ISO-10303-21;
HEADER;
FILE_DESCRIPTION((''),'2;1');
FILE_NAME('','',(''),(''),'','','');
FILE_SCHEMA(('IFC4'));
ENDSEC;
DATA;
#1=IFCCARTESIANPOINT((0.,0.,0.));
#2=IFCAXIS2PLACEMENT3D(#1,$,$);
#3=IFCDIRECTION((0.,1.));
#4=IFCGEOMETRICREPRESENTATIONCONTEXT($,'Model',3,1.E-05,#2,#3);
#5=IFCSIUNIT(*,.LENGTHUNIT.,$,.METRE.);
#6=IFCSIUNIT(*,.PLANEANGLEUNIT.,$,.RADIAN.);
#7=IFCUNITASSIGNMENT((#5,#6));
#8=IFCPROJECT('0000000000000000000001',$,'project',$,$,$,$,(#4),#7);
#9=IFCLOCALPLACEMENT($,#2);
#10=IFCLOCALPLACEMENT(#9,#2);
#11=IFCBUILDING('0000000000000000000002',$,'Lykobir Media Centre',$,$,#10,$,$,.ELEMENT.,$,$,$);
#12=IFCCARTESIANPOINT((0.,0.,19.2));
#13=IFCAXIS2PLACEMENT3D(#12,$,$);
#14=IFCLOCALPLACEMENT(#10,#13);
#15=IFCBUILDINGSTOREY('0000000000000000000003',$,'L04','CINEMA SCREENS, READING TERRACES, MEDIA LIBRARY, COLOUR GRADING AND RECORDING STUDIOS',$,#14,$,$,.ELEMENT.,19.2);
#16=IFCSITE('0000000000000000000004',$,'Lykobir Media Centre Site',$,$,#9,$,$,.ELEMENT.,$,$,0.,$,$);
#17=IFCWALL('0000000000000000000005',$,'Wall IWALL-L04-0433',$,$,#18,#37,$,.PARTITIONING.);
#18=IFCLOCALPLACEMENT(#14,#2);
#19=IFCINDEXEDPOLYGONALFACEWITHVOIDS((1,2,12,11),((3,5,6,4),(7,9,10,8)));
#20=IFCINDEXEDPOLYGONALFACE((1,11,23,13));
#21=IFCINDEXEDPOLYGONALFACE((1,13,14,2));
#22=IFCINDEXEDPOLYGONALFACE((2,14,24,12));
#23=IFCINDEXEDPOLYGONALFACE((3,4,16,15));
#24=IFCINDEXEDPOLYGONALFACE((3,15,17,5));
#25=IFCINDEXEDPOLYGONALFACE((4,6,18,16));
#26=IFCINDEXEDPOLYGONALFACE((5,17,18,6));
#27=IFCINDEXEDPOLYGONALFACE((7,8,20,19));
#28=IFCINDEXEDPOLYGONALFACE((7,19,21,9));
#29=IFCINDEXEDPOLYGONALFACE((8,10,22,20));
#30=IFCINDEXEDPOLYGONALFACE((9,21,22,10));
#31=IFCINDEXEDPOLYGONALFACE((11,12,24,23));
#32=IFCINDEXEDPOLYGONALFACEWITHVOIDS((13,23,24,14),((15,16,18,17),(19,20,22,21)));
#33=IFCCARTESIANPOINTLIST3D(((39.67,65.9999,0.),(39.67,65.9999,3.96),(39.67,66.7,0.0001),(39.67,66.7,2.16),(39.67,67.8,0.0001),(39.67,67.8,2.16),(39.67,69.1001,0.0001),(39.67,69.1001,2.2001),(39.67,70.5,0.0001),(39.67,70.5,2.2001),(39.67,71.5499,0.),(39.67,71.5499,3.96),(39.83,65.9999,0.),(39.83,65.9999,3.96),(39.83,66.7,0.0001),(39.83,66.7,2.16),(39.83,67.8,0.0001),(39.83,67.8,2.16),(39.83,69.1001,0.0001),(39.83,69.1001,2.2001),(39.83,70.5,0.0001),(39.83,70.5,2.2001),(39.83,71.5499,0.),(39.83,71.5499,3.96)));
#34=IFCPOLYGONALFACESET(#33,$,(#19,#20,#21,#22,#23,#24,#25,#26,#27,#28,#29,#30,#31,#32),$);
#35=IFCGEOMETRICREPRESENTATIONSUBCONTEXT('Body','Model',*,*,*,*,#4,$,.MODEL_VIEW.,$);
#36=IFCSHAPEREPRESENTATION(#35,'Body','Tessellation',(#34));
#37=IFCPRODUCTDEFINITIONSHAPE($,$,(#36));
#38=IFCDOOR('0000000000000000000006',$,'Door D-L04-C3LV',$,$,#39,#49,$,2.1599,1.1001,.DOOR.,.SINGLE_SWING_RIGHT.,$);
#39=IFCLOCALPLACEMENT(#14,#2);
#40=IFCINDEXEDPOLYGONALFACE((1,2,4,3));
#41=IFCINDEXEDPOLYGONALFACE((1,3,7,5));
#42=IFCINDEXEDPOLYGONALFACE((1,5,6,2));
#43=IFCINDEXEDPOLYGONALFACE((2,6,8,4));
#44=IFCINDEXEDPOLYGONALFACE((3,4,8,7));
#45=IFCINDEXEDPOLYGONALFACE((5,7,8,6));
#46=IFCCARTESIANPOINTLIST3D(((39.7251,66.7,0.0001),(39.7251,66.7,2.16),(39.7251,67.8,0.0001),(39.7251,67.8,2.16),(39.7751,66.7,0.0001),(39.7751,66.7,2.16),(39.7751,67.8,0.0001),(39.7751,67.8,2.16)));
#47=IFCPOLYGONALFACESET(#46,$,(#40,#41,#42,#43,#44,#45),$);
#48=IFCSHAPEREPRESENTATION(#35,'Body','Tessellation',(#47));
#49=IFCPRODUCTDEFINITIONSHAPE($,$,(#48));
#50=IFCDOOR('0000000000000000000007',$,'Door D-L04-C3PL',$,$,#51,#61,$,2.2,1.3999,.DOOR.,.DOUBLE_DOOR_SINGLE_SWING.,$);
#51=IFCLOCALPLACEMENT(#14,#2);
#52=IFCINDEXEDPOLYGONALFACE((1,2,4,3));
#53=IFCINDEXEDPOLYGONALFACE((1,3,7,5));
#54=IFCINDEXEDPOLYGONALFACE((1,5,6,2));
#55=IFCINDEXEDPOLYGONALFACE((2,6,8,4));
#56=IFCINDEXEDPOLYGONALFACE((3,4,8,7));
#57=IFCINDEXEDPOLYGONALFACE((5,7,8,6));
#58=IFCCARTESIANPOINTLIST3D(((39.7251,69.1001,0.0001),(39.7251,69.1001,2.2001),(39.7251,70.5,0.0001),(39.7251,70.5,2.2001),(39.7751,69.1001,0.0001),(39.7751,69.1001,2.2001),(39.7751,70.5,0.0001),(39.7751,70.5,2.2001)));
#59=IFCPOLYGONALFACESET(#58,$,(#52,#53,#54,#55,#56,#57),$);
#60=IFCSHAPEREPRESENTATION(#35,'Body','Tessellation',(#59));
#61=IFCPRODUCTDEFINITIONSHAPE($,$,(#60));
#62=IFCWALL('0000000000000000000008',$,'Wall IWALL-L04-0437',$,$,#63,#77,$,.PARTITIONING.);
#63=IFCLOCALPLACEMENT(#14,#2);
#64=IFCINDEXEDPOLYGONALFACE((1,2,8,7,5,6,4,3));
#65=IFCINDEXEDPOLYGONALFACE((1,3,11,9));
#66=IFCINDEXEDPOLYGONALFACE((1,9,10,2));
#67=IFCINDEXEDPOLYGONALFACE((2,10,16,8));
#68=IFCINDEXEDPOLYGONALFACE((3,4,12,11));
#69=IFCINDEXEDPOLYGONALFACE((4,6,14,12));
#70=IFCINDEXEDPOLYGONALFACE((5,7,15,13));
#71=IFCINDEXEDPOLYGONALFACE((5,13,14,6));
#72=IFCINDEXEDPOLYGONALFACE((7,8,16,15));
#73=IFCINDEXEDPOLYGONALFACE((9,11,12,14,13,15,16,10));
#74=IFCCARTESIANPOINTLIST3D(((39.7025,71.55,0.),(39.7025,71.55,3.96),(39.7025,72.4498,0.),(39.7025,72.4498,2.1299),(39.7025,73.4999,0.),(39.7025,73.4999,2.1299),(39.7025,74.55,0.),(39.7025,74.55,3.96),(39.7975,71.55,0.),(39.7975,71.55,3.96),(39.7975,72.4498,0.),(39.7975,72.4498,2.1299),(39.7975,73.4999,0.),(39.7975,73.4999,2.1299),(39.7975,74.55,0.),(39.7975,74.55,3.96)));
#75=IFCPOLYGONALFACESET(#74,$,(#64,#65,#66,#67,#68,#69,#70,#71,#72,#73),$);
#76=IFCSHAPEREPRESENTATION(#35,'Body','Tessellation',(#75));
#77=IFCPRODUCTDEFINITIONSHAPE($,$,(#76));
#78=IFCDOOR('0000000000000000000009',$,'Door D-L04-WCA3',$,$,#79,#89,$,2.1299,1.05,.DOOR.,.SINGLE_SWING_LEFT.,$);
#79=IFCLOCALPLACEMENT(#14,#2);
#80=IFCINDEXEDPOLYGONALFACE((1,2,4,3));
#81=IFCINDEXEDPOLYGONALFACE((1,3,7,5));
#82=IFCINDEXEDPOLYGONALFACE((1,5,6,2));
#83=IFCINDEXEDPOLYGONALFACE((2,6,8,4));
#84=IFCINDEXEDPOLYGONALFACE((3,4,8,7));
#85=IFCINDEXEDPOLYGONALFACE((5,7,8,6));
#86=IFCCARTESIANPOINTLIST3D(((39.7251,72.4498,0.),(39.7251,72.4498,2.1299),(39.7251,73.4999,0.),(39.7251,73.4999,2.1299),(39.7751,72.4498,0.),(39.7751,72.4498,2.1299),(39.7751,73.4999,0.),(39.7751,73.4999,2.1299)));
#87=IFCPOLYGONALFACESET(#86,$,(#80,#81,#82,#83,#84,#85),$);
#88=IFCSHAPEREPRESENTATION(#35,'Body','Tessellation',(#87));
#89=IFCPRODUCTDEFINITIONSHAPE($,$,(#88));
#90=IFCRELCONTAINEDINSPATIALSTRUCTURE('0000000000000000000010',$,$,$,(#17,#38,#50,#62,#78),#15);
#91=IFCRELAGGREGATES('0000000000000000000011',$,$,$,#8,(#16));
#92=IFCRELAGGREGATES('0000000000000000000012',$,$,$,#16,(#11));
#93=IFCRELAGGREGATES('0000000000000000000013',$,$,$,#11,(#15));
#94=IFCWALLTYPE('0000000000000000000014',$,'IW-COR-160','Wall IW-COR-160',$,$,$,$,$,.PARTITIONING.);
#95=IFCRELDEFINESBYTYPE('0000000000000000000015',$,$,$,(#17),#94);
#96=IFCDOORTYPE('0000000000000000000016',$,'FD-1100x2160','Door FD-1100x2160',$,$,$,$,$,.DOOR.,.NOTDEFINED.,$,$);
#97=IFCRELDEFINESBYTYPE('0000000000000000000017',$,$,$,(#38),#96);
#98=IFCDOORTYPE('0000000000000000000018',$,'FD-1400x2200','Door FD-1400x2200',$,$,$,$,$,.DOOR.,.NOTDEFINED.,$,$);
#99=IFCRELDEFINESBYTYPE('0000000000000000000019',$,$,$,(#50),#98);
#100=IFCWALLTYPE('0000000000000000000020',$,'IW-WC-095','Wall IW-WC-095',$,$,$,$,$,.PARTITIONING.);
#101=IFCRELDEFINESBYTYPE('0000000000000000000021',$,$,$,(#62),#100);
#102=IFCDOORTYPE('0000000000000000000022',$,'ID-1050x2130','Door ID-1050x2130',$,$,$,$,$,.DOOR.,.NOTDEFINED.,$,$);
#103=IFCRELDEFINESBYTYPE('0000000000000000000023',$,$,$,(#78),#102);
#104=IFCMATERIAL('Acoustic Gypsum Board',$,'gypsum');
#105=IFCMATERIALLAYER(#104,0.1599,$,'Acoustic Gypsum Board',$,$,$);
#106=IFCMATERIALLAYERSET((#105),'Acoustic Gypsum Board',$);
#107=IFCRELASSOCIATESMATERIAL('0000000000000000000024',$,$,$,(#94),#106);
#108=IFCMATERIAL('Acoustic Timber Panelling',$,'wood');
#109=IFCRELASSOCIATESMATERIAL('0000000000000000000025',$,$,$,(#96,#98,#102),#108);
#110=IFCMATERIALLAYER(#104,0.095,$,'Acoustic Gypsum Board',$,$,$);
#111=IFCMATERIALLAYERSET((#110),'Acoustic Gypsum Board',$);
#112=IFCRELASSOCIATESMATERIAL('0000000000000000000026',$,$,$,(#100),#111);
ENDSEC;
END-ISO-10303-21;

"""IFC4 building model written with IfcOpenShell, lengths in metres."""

from ifc_helpers import new_model, si_unit, direction, frame, frame_2d, origin, place, context, subcontext, project, spatial, rectangle, extrude, material, layer, layer_set, type_object, element, fill, save


model = new_model("IFC4")

# Units and contexts
model_context = context("Model", 3, precision=1e-05, world=origin(), true_north=direction((0.0, 1.0)))
body_context = subcontext(model_context, "Body", "Model", "MODEL_VIEW")
ifc_project = project(units=[si_unit("LENGTHUNIT", "METRE"), si_unit("PLANEANGLEUNIT", "RADIAN")], contexts=[model_context])

# Site, building, storey
site_placement = place(None, origin())
site = spatial("IfcSite", under=ifc_project, at=site_placement, Name="Lykobir Media Centre Site", CompositionType="ELEMENT", RefElevation=0.0)
building_placement = place(site_placement, origin())
building = spatial("IfcBuilding", under=site, at=building_placement, Name="Lykobir Media Centre", CompositionType="ELEMENT")
storey_placement = place(building_placement, frame((0.0, 0.0, 19.2)))
storey = spatial("IfcBuildingStorey", under=building, at=storey_placement, Name="L04", Description="CINEMA SCREENS, READING TERRACES, MEDIA LIBRARY, COLOUR GRADING AND RECORDING STUDIOS", CompositionType="ELEMENT", Elevation=19.2)

# Wall, openings, doors
ifc_material_1 = material(Name="Acoustic Gypsum Board", Category="gypsum")
ifc_layer_1 = layer(ifc_material_1, 0.1599, Name="Acoustic Gypsum Board")
ifc_layer_set_1 = layer_set([ifc_layer_1], Name="Acoustic Gypsum Board")
wall_type_1 = type_object("IfcWallType", Name="IW-COR-160", Description="Wall IW-COR-160", PredefinedType="PARTITIONING", material=ifc_layer_set_1)
wall_1_placement = place(storey_placement, frame((39.75, 66.0, 0.0), z_axis=(0.0, 0.0, 1.0), x_axis=(0.0, 1.0, 0.0)))
wall_1 = element("IfcWall", 1, at=wall_1_placement, inside=storey, type_object=wall_type_1, Name="Wall IWALL-L04-0433", PredefinedType="PARTITIONING", context=body_context, shape_type="SweptSolid", body=[
    extrude(rectangle(XDim=5.55, YDim=0.1599, at=frame_2d((2.7749, 0.0))), origin(), (0.0, 0.0, 1.0), 3.96),
])
opening_1_placement = place(wall_1_placement, frame((0.7, 0.0, 0.0)))
opening_1 = element("IfcOpeningElement", 2, at=opening_1_placement, cuts=wall_1, PredefinedType="OPENING", context=body_context, shape_type="SweptSolid", body=[
    extrude(rectangle(XDim=1.1001, YDim=2.1599, at=frame_2d((0.55, 1.0801))), frame((0.0, 0.0898, 0.0), z_axis=(0.0, -1.0, 0.0), x_axis=(1.0, 0.0, 0.0)), (0.0, 0.0, 1.0), 0.1799),
])
opening_2_placement = place(wall_1_placement, frame((3.1001, 0.0, 0.0)))
opening_2 = element("IfcOpeningElement", 3, at=opening_2_placement, cuts=wall_1, PredefinedType="OPENING", context=body_context, shape_type="SweptSolid", body=[
    extrude(rectangle(XDim=1.3999, YDim=2.2, at=frame_2d((0.7, 1.1001))), frame((0.0, 0.0898, 0.0), z_axis=(0.0, -1.0, 0.0), x_axis=(1.0, 0.0, 0.0)), (0.0, 0.0, 1.0), 0.1799),
])
ifc_material_2 = material(Name="Acoustic Timber Panelling", Category="wood")
door_type_1 = type_object("IfcDoorType", Name="FD-1100x2160", Description="Door FD-1100x2160", OperationType="NOTDEFINED", PredefinedType="DOOR", material=ifc_material_2)
door_1_placement = place(opening_1_placement, origin())
door_1 = element("IfcDoor", 4, at=door_1_placement, inside=storey, type_object=door_type_1, Name="Door D-L04-C3LV", OperationType="SINGLE_SWING_RIGHT", OverallHeight=2.1599, OverallWidth=1.1001, PredefinedType="DOOR", context=body_context, shape_type="SweptSolid", body=[
    extrude(rectangle(XDim=1.1001, YDim=2.1599, at=frame_2d((0.55, 1.0801))), frame((0.0, 0.0249, 0.0), z_axis=(0.0, -1.0, 0.0), x_axis=(1.0, 0.0, 0.0)), (0.0, 0.0, 1.0), 0.05),
])
fill(opening_1, door_1)
door_type_2 = type_object("IfcDoorType", Name="FD-1400x2200", Description="Door FD-1400x2200", OperationType="NOTDEFINED", PredefinedType="DOOR", material=ifc_material_2)
door_2_placement = place(opening_2_placement, origin())
door_2 = element("IfcDoor", 5, at=door_2_placement, inside=storey, type_object=door_type_2, Name="Door D-L04-C3PL", OperationType="DOUBLE_DOOR_SINGLE_SWING", OverallHeight=2.2, OverallWidth=1.3999, PredefinedType="DOOR", context=body_context, shape_type="SweptSolid", body=[
    extrude(rectangle(XDim=1.3999, YDim=2.2, at=frame_2d((0.7, 1.1001))), frame((0.0, 0.0249, 0.0), z_axis=(0.0, -1.0, 0.0), x_axis=(1.0, 0.0, 0.0)), (0.0, 0.0, 1.0), 0.05),
])
fill(opening_2, door_2)

# Wall, opening, door
ifc_layer_2 = layer(ifc_material_1, 0.095, Name="Acoustic Gypsum Board")
ifc_layer_set_2 = layer_set([ifc_layer_2], Name="Acoustic Gypsum Board")
wall_type_2 = type_object("IfcWallType", Name="IW-WC-095", Description="Wall IW-WC-095", PredefinedType="PARTITIONING", material=ifc_layer_set_2)
wall_2_placement = place(storey_placement, frame((39.75, 71.55, 0.0), z_axis=(0.0, 0.0, 1.0), x_axis=(0.0, 1.0, 0.0)))
wall_2 = element("IfcWall", 6, at=wall_2_placement, inside=storey, type_object=wall_type_2, Name="Wall IWALL-L04-0437", PredefinedType="PARTITIONING", context=body_context, shape_type="SweptSolid", body=[
    extrude(rectangle(XDim=3.0, YDim=0.095, at=frame_2d((1.5, 0.0))), origin(), (0.0, 0.0, 1.0), 3.96),
])
opening_3_placement = place(wall_2_placement, frame((0.8999, 0.0, 0.0)))
opening_3 = element("IfcOpeningElement", 7, at=opening_3_placement, cuts=wall_2, PredefinedType="OPENING", context=body_context, shape_type="SweptSolid", body=[
    extrude(rectangle(XDim=1.05, YDim=2.1299, at=frame_2d((0.5249, 1.0649))), frame((0.0, 0.0574, 0.0), z_axis=(0.0, -1.0, 0.0), x_axis=(1.0, 0.0, 0.0)), (0.0, 0.0, 1.0), 0.115),
])
door_type_3 = type_object("IfcDoorType", Name="ID-1050x2130", Description="Door ID-1050x2130", OperationType="NOTDEFINED", PredefinedType="DOOR", material=ifc_material_2)
door_3_placement = place(opening_3_placement, origin())
door_3 = element("IfcDoor", 8, at=door_3_placement, inside=storey, type_object=door_type_3, Name="Door D-L04-WCA3", OperationType="SINGLE_SWING_LEFT", OverallHeight=2.1299, OverallWidth=1.05, PredefinedType="DOOR", context=body_context, shape_type="SweptSolid", body=[
    extrude(rectangle(XDim=1.05, YDim=2.1299, at=frame_2d((0.5249, 1.0649))), frame((0.0, 0.0249, 0.0), z_axis=(0.0, -1.0, 0.0), x_axis=(1.0, 0.0, 0.0)), (0.0, 0.0, 1.0), 0.05),
])
fill(opening_3, door_3)

save(model, "model.ifc")
